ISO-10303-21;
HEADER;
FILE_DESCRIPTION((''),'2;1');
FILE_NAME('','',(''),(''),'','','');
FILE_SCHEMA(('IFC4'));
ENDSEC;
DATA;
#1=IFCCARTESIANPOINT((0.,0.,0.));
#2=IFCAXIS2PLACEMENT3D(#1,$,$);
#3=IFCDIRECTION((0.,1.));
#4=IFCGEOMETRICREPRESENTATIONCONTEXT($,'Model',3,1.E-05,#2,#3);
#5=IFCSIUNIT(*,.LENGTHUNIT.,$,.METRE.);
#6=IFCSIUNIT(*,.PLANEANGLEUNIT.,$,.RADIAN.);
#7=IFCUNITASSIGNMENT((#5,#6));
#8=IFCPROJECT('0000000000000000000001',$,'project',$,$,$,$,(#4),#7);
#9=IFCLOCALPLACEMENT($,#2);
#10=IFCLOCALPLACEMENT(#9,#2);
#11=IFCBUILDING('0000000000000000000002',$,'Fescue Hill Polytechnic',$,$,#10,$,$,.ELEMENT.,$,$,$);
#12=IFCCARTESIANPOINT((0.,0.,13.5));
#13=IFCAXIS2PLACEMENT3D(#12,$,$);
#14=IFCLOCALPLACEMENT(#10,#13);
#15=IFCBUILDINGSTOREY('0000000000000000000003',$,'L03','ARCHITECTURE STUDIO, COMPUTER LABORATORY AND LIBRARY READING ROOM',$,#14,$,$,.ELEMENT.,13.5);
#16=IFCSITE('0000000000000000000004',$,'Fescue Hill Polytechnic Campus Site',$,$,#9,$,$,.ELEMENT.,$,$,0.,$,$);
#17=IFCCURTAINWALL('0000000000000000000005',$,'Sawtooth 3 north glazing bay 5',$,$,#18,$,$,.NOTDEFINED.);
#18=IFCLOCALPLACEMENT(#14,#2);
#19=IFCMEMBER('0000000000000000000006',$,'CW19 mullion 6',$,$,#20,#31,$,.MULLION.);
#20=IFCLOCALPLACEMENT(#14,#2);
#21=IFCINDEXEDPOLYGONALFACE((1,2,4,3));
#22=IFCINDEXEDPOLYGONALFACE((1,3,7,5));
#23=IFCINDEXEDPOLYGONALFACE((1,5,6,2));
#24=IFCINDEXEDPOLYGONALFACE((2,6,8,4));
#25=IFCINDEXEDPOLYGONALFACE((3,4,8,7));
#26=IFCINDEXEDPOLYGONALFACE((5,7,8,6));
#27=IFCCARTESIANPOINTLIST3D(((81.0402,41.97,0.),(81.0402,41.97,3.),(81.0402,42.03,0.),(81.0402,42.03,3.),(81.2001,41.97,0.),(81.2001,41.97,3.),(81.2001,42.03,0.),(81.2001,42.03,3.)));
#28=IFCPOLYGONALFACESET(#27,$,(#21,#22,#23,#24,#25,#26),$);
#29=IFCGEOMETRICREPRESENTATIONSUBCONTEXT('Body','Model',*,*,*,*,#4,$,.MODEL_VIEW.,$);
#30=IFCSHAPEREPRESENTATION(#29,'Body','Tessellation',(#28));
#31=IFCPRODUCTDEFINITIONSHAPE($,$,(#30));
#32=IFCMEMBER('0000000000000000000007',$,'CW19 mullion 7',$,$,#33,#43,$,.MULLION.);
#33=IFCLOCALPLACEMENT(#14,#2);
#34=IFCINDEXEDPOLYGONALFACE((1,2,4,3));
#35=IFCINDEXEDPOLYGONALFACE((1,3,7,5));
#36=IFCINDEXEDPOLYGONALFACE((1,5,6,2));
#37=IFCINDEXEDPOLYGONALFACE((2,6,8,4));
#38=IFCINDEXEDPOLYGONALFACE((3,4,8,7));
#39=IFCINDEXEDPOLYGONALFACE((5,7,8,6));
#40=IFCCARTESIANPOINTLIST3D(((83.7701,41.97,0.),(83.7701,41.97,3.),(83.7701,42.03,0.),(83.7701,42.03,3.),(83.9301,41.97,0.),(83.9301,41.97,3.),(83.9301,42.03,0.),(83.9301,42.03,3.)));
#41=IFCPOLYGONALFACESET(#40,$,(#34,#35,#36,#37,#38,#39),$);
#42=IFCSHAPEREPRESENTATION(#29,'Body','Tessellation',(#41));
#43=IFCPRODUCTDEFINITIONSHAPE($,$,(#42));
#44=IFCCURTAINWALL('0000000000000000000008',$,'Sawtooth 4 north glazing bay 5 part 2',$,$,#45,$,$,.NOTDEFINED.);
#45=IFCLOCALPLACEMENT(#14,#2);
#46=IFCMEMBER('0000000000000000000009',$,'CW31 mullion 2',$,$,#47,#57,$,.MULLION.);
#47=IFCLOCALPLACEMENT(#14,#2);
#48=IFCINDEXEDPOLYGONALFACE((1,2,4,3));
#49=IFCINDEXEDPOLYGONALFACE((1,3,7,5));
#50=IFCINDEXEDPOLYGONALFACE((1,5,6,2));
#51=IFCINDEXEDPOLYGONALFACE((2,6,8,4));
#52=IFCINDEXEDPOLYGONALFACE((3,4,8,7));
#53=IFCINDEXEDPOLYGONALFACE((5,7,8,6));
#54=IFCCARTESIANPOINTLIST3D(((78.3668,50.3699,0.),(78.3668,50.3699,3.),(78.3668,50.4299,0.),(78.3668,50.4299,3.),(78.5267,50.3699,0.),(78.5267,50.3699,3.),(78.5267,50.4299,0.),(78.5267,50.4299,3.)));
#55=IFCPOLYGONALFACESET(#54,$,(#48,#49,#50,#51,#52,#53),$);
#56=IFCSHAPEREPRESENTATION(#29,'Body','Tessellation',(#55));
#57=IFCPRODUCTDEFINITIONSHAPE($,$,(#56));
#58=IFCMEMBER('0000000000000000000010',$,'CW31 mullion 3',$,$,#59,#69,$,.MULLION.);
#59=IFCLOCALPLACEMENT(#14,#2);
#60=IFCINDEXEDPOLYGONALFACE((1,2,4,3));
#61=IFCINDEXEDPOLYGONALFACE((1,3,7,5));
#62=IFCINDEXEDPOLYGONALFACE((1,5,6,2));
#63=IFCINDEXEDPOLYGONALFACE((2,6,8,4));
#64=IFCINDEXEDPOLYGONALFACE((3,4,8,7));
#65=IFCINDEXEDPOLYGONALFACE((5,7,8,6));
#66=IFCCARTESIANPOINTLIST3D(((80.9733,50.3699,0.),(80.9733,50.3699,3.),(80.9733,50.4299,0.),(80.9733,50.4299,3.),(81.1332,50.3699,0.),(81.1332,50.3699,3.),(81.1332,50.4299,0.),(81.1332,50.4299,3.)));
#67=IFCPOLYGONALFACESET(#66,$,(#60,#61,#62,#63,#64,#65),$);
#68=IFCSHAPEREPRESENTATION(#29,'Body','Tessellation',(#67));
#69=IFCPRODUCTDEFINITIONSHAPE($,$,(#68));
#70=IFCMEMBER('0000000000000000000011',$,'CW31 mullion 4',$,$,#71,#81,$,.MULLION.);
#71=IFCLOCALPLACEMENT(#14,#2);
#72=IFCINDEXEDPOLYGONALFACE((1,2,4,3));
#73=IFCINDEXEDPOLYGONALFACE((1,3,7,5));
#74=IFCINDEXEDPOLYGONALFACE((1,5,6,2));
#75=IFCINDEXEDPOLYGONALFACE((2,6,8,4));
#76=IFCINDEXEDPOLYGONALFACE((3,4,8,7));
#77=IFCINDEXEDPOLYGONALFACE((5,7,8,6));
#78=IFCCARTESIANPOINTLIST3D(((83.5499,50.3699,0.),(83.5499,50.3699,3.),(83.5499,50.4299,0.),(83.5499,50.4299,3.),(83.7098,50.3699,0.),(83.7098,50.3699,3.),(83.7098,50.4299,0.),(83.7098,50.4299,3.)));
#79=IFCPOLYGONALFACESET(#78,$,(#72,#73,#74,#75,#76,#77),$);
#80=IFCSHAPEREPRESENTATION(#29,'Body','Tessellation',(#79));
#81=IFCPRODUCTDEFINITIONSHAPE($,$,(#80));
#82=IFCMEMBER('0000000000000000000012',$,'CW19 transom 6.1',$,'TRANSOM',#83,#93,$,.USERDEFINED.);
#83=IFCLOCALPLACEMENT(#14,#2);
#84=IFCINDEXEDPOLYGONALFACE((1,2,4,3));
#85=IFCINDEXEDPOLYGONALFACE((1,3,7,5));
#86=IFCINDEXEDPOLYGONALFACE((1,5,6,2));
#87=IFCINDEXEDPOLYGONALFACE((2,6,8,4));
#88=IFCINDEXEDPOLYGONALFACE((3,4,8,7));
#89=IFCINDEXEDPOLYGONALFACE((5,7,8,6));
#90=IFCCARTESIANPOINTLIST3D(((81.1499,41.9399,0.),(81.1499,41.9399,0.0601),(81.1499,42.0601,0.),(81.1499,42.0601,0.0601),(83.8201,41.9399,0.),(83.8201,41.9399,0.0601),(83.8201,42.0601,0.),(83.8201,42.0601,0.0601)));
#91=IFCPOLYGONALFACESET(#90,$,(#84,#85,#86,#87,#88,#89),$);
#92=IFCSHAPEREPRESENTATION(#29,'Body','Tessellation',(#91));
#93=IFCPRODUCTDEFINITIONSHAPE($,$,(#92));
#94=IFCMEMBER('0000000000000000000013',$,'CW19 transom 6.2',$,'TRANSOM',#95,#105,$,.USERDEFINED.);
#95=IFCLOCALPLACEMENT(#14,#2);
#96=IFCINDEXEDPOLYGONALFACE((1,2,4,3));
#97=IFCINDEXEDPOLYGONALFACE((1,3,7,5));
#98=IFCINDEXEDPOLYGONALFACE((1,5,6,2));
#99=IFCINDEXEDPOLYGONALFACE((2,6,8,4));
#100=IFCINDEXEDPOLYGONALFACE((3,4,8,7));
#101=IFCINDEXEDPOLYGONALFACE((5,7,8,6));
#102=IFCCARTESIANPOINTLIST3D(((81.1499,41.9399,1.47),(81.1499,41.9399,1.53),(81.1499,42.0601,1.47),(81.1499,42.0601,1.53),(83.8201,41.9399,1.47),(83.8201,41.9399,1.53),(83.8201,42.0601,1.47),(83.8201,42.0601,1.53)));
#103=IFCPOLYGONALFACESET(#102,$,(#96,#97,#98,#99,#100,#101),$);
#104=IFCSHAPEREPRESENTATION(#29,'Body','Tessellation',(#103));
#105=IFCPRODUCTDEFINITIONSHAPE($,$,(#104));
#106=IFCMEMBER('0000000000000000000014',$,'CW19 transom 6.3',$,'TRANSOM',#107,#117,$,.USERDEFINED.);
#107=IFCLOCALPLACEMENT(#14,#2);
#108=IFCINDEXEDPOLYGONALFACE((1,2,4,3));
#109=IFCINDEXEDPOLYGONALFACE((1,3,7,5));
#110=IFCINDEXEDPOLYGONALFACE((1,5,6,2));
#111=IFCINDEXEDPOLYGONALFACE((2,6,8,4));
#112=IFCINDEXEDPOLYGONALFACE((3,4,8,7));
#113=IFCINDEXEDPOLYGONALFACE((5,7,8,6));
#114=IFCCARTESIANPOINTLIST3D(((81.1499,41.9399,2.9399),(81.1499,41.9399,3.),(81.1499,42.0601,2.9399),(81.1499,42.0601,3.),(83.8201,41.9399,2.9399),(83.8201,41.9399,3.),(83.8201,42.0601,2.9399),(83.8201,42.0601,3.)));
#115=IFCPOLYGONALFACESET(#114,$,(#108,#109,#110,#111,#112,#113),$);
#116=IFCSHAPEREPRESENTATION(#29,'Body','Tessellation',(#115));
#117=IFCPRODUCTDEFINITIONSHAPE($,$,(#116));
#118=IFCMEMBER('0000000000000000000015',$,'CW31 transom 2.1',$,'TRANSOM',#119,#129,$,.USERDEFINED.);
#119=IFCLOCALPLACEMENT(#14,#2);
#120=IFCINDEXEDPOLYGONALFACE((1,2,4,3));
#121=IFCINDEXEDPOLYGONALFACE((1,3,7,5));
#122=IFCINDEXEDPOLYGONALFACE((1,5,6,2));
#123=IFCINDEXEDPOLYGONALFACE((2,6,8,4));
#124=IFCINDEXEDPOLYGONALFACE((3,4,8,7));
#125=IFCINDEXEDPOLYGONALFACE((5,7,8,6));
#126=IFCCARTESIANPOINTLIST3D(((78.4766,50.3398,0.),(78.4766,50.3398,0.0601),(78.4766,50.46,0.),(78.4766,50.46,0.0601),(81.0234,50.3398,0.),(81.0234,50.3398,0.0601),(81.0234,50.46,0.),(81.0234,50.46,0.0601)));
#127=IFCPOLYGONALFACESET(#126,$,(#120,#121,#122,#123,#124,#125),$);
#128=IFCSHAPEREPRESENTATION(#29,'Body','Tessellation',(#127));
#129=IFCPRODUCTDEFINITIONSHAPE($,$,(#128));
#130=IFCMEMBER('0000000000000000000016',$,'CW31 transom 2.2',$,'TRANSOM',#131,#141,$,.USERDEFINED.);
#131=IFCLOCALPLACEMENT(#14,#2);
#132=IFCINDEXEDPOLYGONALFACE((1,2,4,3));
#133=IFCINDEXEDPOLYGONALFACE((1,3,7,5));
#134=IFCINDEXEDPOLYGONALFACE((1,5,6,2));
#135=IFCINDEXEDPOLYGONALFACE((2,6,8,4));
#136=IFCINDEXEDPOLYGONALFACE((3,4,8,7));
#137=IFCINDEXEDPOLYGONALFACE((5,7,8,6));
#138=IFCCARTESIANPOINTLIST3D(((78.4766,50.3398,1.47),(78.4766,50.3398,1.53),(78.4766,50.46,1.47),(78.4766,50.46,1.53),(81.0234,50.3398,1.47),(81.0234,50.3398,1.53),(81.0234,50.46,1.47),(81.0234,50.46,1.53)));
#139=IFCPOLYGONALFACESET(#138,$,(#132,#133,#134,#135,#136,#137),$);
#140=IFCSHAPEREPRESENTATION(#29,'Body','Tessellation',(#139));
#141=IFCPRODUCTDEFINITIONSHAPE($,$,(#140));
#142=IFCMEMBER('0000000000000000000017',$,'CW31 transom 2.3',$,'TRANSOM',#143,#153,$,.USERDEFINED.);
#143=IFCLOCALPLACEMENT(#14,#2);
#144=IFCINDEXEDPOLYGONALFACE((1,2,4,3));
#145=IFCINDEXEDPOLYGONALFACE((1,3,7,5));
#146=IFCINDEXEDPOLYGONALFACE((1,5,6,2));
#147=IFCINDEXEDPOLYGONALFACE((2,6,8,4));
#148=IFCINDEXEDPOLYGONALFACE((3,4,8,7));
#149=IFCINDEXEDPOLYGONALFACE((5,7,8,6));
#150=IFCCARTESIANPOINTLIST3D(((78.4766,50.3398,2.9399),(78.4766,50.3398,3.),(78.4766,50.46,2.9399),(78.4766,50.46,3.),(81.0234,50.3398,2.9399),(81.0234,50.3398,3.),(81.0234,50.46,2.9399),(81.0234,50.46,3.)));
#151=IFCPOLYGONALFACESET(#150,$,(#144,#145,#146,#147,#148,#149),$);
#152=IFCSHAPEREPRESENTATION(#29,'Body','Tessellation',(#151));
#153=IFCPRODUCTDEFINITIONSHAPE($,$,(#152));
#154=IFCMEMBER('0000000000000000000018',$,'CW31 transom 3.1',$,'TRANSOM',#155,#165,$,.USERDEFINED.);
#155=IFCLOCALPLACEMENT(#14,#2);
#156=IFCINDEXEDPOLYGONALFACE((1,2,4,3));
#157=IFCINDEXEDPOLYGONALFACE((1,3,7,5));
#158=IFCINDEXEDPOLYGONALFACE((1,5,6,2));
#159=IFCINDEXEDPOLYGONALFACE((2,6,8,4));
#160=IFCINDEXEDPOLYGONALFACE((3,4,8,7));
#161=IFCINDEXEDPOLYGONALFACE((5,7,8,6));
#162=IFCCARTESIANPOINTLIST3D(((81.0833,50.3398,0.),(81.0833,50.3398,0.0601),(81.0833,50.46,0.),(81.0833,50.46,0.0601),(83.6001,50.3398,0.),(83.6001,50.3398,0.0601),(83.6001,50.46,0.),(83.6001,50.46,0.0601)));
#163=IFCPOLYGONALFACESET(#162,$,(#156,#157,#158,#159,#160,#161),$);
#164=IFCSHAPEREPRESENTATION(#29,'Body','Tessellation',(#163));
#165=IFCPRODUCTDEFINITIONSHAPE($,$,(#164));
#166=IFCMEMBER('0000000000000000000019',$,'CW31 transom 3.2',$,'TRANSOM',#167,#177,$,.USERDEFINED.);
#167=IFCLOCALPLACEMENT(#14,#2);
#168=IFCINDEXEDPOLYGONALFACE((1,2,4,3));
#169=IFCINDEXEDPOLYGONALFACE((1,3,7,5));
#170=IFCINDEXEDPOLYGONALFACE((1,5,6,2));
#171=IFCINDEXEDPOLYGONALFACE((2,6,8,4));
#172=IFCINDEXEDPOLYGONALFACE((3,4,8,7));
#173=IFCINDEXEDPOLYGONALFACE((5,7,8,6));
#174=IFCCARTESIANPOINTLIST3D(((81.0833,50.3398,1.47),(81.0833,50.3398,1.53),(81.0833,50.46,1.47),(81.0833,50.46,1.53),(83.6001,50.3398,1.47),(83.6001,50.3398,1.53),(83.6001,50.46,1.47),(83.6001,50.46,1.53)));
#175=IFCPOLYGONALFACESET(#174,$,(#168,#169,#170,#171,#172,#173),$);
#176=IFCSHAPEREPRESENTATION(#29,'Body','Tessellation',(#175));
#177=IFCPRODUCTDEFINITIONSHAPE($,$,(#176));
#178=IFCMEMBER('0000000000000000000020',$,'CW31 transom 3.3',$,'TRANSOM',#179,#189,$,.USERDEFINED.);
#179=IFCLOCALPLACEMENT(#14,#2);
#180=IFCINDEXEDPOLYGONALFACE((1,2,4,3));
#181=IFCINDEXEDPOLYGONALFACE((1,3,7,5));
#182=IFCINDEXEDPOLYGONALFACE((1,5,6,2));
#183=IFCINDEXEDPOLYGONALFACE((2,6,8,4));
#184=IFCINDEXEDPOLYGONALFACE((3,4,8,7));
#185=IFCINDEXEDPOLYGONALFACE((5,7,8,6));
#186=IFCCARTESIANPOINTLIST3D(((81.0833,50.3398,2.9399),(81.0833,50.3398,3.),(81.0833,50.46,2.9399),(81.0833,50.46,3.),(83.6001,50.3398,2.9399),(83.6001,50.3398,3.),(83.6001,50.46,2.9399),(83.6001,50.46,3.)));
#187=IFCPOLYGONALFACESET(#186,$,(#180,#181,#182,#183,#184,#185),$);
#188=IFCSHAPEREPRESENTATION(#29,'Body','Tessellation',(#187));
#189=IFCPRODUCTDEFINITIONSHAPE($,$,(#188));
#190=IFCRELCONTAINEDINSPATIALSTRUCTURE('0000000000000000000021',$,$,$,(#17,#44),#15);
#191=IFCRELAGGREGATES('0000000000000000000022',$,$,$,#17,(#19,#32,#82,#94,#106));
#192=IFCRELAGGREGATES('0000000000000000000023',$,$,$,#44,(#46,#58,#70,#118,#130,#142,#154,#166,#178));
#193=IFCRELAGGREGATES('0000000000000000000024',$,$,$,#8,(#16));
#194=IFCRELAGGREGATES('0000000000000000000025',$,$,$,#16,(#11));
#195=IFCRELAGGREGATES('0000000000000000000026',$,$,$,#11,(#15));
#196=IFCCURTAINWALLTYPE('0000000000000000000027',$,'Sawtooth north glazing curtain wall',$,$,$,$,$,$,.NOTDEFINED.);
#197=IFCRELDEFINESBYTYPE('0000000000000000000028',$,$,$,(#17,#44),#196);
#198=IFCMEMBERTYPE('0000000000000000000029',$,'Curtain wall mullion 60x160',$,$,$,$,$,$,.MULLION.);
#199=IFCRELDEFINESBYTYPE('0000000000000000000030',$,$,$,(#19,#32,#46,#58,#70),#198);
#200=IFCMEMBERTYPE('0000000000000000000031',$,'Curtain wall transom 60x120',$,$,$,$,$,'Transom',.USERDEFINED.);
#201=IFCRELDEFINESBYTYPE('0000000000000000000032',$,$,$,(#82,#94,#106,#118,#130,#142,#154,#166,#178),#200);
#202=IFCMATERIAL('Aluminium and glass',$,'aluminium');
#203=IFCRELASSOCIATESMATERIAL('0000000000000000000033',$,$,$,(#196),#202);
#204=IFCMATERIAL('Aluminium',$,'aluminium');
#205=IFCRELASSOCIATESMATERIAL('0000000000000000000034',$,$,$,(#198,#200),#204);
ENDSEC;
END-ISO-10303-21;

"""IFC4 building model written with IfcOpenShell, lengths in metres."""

from ifc_helpers import new_model, si_unit, direction, frame, origin, origin_2d, place, context, subcontext, project, spatial, rectangle, extrude, material, material_profile, profile_set, type_object, element, aggregate, save


model = new_model("IFC4")

# Units and contexts
model_context = context("Model", 3, precision=1e-05, world=origin(), true_north=direction((0.0, 1.0)))
body_context = subcontext(model_context, "Body", "Model", "MODEL_VIEW")
ifc_project = project(units=[si_unit("LENGTHUNIT", "METRE"), si_unit("PLANEANGLEUNIT", "RADIAN")], contexts=[model_context])

# Site, building, storey
site_placement = place(None, origin())
site = spatial("IfcSite", under=ifc_project, at=site_placement, Name="Fescue Hill Polytechnic Campus Site", CompositionType="ELEMENT", RefElevation=0.0)
building_placement = place(site_placement, origin())
building = spatial("IfcBuilding", under=site, at=building_placement, Name="Fescue Hill Polytechnic", CompositionType="ELEMENT")
storey_placement = place(building_placement, frame((0.0, 0.0, 13.5)))
storey = spatial("IfcBuildingStorey", under=building, at=storey_placement, Name="L03", Description="ARCHITECTURE STUDIO, COMPUTER LABORATORY AND LIBRARY READING ROOM", CompositionType="ELEMENT", Elevation=13.5)

# Curtain walls, members
ifc_material_1 = material(Name="Aluminium and glass", Category="aluminium")
curtain_wall_type = type_object("IfcCurtainWallType", Name="Sawtooth north glazing curtain wall", PredefinedType="NOTDEFINED", material=ifc_material_1)
curtain_wall_1_placement = place(storey_placement, origin())
curtain_wall_1 = element("IfcCurtainWall", 1, at=curtain_wall_1_placement, inside=storey, type_object=curtain_wall_type, Name="Sawtooth 3 north glazing bay 5", PredefinedType="NOTDEFINED")
ifc_material_2 = material(Name="Aluminium", Category="aluminium")
ifc_material_profile_1 = material_profile(ifc_material_2, rectangle(XDim=0.0601, YDim=0.1599, at=origin_2d()), Name="Curtain wall mullion 60x160")
ifc_profile_set_1 = profile_set([ifc_material_profile_1], Name="Aluminium")
member_type_1 = type_object("IfcMemberType", Name="Curtain wall mullion 60x160", PredefinedType="MULLION", material=ifc_profile_set_1)
member_1_placement = place(storey_placement, frame((81.1201, 42.0, 0.0), z_axis=(0.0, 0.0, 1.0), x_axis=(0.0, 1.0, 0.0)))
member_1 = element("IfcMember", 2, at=member_1_placement, type_object=member_type_1, Name="CW19 mullion 6", PredefinedType="MULLION", context=body_context, shape_type="SweptSolid", body=[
    extrude(rectangle(XDim=0.0601, YDim=0.1599, at=origin_2d()), origin(), (0.0, 0.0, 1.0), 3.0),
])
member_2_placement = place(storey_placement, frame((83.8501, 42.0, 0.0), z_axis=(0.0, 0.0, 1.0), x_axis=(0.0, 1.0, 0.0)))
member_2 = element("IfcMember", 3, at=member_2_placement, type_object=member_type_1, Name="CW19 mullion 7", PredefinedType="MULLION", context=body_context, shape_type="SweptSolid", body=[
    extrude(rectangle(XDim=0.0601, YDim=0.1599, at=origin_2d()), origin(), (0.0, 0.0, 1.0), 3.0),
])
curtain_wall_2_placement = place(storey_placement, origin())
curtain_wall_2 = element("IfcCurtainWall", 4, at=curtain_wall_2_placement, inside=storey, type_object=curtain_wall_type, Name="Sawtooth 4 north glazing bay 5 part 2", PredefinedType="NOTDEFINED")
member_3_placement = place(storey_placement, frame((78.4468, 50.3999, 0.0), z_axis=(0.0, 0.0, 1.0), x_axis=(0.0, 1.0, 0.0)))
member_3 = element("IfcMember", 5, at=member_3_placement, type_object=member_type_1, Name="CW31 mullion 2", PredefinedType="MULLION", context=body_context, shape_type="SweptSolid", body=[
    extrude(rectangle(XDim=0.0601, YDim=0.1599, at=origin_2d()), origin(), (0.0, 0.0, 1.0), 3.0),
])
member_4_placement = place(storey_placement, frame((81.0532, 50.3999, 0.0), z_axis=(0.0, 0.0, 1.0), x_axis=(0.0, 1.0, 0.0)))
member_4 = element("IfcMember", 6, at=member_4_placement, type_object=member_type_1, Name="CW31 mullion 3", PredefinedType="MULLION", context=body_context, shape_type="SweptSolid", body=[
    extrude(rectangle(XDim=0.0601, YDim=0.1599, at=origin_2d()), origin(), (0.0, 0.0, 1.0), 3.0),
])
member_5_placement = place(storey_placement, frame((83.6299, 50.3999, 0.0), z_axis=(0.0, 0.0, 1.0), x_axis=(0.0, 1.0, 0.0)))
member_5 = element("IfcMember", 7, at=member_5_placement, type_object=member_type_1, Name="CW31 mullion 4", PredefinedType="MULLION", context=body_context, shape_type="SweptSolid", body=[
    extrude(rectangle(XDim=0.0601, YDim=0.1599, at=origin_2d()), origin(), (0.0, 0.0, 1.0), 3.0),
])

# Members
ifc_material_profile_2 = material_profile(ifc_material_2, rectangle(XDim=0.1201, YDim=0.0601, at=origin_2d()), Name="Curtain wall transom 60x120")
ifc_profile_set_2 = profile_set([ifc_material_profile_2], Name="Aluminium")
member_type_2 = type_object("IfcMemberType", Name="Curtain wall transom 60x120", ElementType="Transom", PredefinedType="USERDEFINED", material=ifc_profile_set_2)
member_6_placement = place(storey_placement, frame((81.1499, 42.0, 0.03), z_axis=(1.0, 0.0, 0.0), x_axis=(0.0, 1.0, 0.0)))
member_6 = element("IfcMember", 8, at=member_6_placement, type_object=member_type_2, Name="CW19 transom 6.1", ObjectType="TRANSOM", PredefinedType="USERDEFINED", context=body_context, shape_type="SweptSolid", body=[
    extrude(rectangle(XDim=0.1201, YDim=0.0601, at=origin_2d()), origin(), (0.0, 0.0, 1.0), 2.6702),
])
member_7_placement = place(storey_placement, frame((81.1499, 42.0, 1.5), z_axis=(1.0, 0.0, 0.0), x_axis=(0.0, 1.0, 0.0)))
member_7 = element("IfcMember", 9, at=member_7_placement, type_object=member_type_2, Name="CW19 transom 6.2", ObjectType="TRANSOM", PredefinedType="USERDEFINED", context=body_context, shape_type="SweptSolid", body=[
    extrude(rectangle(XDim=0.1201, YDim=0.0601, at=origin_2d()), origin(), (0.0, 0.0, 1.0), 2.6702),
])
member_8_placement = place(storey_placement, frame((81.1499, 42.0, 2.97), z_axis=(1.0, 0.0, 0.0), x_axis=(0.0, 1.0, 0.0)))
member_8 = element("IfcMember", 10, at=member_8_placement, type_object=member_type_2, Name="CW19 transom 6.3", ObjectType="TRANSOM", PredefinedType="USERDEFINED", context=body_context, shape_type="SweptSolid", body=[
    extrude(rectangle(XDim=0.1201, YDim=0.0601, at=origin_2d()), origin(), (0.0, 0.0, 1.0), 2.6702),
])
member_9_placement = place(storey_placement, frame((78.4766, 50.3999, 0.03), z_axis=(1.0, 0.0, 0.0), x_axis=(0.0, 1.0, 0.0)))
member_9 = element("IfcMember", 11, at=member_9_placement, type_object=member_type_2, Name="CW31 transom 2.1", ObjectType="TRANSOM", PredefinedType="USERDEFINED", context=body_context, shape_type="SweptSolid", body=[
    extrude(rectangle(XDim=0.1201, YDim=0.0601, at=origin_2d()), origin(), (0.0, 0.0, 1.0), 2.5469),
])
member_10_placement = place(storey_placement, frame((78.4766, 50.3999, 1.5), z_axis=(1.0, 0.0, 0.0), x_axis=(0.0, 1.0, 0.0)))
member_10 = element("IfcMember", 12, at=member_10_placement, type_object=member_type_2, Name="CW31 transom 2.2", ObjectType="TRANSOM", PredefinedType="USERDEFINED", context=body_context, shape_type="SweptSolid", body=[
    extrude(rectangle(XDim=0.1201, YDim=0.0601, at=origin_2d()), origin(), (0.0, 0.0, 1.0), 2.5469),
])
member_11_placement = place(storey_placement, frame((78.4766, 50.3999, 2.97), z_axis=(1.0, 0.0, 0.0), x_axis=(0.0, 1.0, 0.0)))
member_11 = element("IfcMember", 13, at=member_11_placement, type_object=member_type_2, Name="CW31 transom 2.3", ObjectType="TRANSOM", PredefinedType="USERDEFINED", context=body_context, shape_type="SweptSolid", body=[
    extrude(rectangle(XDim=0.1201, YDim=0.0601, at=origin_2d()), origin(), (0.0, 0.0, 1.0), 2.5469),
])
member_12_placement = place(storey_placement, frame((81.0833, 50.3999, 0.03), z_axis=(1.0, 0.0, 0.0), x_axis=(0.0, 1.0, 0.0)))
member_12 = element("IfcMember", 14, at=member_12_placement, type_object=member_type_2, Name="CW31 transom 3.1", ObjectType="TRANSOM", PredefinedType="USERDEFINED", context=body_context, shape_type="SweptSolid", body=[
    extrude(rectangle(XDim=0.1201, YDim=0.0601, at=origin_2d()), origin(), (0.0, 0.0, 1.0), 2.5168),
])
member_13_placement = place(storey_placement, frame((81.0833, 50.3999, 1.5), z_axis=(1.0, 0.0, 0.0), x_axis=(0.0, 1.0, 0.0)))
member_13 = element("IfcMember", 15, at=member_13_placement, type_object=member_type_2, Name="CW31 transom 3.2", ObjectType="TRANSOM", PredefinedType="USERDEFINED", context=body_context, shape_type="SweptSolid", body=[
    extrude(rectangle(XDim=0.1201, YDim=0.0601, at=origin_2d()), origin(), (0.0, 0.0, 1.0), 2.5168),
])
member_14_placement = place(storey_placement, frame((81.0833, 50.3999, 2.97), z_axis=(1.0, 0.0, 0.0), x_axis=(0.0, 1.0, 0.0)))
member_14 = element("IfcMember", 16, at=member_14_placement, type_object=member_type_2, Name="CW31 transom 3.3", ObjectType="TRANSOM", PredefinedType="USERDEFINED", context=body_context, shape_type="SweptSolid", body=[
    extrude(rectangle(XDim=0.1201, YDim=0.0601, at=origin_2d()), origin(), (0.0, 0.0, 1.0), 2.5168),
])

aggregate(curtain_wall_1, [member_1, member_2, member_6, member_7, member_8])
aggregate(curtain_wall_2, [member_3, member_4, member_5, member_9, member_10, member_11, member_12, member_13, member_14])

save(model, "model.ifc")
